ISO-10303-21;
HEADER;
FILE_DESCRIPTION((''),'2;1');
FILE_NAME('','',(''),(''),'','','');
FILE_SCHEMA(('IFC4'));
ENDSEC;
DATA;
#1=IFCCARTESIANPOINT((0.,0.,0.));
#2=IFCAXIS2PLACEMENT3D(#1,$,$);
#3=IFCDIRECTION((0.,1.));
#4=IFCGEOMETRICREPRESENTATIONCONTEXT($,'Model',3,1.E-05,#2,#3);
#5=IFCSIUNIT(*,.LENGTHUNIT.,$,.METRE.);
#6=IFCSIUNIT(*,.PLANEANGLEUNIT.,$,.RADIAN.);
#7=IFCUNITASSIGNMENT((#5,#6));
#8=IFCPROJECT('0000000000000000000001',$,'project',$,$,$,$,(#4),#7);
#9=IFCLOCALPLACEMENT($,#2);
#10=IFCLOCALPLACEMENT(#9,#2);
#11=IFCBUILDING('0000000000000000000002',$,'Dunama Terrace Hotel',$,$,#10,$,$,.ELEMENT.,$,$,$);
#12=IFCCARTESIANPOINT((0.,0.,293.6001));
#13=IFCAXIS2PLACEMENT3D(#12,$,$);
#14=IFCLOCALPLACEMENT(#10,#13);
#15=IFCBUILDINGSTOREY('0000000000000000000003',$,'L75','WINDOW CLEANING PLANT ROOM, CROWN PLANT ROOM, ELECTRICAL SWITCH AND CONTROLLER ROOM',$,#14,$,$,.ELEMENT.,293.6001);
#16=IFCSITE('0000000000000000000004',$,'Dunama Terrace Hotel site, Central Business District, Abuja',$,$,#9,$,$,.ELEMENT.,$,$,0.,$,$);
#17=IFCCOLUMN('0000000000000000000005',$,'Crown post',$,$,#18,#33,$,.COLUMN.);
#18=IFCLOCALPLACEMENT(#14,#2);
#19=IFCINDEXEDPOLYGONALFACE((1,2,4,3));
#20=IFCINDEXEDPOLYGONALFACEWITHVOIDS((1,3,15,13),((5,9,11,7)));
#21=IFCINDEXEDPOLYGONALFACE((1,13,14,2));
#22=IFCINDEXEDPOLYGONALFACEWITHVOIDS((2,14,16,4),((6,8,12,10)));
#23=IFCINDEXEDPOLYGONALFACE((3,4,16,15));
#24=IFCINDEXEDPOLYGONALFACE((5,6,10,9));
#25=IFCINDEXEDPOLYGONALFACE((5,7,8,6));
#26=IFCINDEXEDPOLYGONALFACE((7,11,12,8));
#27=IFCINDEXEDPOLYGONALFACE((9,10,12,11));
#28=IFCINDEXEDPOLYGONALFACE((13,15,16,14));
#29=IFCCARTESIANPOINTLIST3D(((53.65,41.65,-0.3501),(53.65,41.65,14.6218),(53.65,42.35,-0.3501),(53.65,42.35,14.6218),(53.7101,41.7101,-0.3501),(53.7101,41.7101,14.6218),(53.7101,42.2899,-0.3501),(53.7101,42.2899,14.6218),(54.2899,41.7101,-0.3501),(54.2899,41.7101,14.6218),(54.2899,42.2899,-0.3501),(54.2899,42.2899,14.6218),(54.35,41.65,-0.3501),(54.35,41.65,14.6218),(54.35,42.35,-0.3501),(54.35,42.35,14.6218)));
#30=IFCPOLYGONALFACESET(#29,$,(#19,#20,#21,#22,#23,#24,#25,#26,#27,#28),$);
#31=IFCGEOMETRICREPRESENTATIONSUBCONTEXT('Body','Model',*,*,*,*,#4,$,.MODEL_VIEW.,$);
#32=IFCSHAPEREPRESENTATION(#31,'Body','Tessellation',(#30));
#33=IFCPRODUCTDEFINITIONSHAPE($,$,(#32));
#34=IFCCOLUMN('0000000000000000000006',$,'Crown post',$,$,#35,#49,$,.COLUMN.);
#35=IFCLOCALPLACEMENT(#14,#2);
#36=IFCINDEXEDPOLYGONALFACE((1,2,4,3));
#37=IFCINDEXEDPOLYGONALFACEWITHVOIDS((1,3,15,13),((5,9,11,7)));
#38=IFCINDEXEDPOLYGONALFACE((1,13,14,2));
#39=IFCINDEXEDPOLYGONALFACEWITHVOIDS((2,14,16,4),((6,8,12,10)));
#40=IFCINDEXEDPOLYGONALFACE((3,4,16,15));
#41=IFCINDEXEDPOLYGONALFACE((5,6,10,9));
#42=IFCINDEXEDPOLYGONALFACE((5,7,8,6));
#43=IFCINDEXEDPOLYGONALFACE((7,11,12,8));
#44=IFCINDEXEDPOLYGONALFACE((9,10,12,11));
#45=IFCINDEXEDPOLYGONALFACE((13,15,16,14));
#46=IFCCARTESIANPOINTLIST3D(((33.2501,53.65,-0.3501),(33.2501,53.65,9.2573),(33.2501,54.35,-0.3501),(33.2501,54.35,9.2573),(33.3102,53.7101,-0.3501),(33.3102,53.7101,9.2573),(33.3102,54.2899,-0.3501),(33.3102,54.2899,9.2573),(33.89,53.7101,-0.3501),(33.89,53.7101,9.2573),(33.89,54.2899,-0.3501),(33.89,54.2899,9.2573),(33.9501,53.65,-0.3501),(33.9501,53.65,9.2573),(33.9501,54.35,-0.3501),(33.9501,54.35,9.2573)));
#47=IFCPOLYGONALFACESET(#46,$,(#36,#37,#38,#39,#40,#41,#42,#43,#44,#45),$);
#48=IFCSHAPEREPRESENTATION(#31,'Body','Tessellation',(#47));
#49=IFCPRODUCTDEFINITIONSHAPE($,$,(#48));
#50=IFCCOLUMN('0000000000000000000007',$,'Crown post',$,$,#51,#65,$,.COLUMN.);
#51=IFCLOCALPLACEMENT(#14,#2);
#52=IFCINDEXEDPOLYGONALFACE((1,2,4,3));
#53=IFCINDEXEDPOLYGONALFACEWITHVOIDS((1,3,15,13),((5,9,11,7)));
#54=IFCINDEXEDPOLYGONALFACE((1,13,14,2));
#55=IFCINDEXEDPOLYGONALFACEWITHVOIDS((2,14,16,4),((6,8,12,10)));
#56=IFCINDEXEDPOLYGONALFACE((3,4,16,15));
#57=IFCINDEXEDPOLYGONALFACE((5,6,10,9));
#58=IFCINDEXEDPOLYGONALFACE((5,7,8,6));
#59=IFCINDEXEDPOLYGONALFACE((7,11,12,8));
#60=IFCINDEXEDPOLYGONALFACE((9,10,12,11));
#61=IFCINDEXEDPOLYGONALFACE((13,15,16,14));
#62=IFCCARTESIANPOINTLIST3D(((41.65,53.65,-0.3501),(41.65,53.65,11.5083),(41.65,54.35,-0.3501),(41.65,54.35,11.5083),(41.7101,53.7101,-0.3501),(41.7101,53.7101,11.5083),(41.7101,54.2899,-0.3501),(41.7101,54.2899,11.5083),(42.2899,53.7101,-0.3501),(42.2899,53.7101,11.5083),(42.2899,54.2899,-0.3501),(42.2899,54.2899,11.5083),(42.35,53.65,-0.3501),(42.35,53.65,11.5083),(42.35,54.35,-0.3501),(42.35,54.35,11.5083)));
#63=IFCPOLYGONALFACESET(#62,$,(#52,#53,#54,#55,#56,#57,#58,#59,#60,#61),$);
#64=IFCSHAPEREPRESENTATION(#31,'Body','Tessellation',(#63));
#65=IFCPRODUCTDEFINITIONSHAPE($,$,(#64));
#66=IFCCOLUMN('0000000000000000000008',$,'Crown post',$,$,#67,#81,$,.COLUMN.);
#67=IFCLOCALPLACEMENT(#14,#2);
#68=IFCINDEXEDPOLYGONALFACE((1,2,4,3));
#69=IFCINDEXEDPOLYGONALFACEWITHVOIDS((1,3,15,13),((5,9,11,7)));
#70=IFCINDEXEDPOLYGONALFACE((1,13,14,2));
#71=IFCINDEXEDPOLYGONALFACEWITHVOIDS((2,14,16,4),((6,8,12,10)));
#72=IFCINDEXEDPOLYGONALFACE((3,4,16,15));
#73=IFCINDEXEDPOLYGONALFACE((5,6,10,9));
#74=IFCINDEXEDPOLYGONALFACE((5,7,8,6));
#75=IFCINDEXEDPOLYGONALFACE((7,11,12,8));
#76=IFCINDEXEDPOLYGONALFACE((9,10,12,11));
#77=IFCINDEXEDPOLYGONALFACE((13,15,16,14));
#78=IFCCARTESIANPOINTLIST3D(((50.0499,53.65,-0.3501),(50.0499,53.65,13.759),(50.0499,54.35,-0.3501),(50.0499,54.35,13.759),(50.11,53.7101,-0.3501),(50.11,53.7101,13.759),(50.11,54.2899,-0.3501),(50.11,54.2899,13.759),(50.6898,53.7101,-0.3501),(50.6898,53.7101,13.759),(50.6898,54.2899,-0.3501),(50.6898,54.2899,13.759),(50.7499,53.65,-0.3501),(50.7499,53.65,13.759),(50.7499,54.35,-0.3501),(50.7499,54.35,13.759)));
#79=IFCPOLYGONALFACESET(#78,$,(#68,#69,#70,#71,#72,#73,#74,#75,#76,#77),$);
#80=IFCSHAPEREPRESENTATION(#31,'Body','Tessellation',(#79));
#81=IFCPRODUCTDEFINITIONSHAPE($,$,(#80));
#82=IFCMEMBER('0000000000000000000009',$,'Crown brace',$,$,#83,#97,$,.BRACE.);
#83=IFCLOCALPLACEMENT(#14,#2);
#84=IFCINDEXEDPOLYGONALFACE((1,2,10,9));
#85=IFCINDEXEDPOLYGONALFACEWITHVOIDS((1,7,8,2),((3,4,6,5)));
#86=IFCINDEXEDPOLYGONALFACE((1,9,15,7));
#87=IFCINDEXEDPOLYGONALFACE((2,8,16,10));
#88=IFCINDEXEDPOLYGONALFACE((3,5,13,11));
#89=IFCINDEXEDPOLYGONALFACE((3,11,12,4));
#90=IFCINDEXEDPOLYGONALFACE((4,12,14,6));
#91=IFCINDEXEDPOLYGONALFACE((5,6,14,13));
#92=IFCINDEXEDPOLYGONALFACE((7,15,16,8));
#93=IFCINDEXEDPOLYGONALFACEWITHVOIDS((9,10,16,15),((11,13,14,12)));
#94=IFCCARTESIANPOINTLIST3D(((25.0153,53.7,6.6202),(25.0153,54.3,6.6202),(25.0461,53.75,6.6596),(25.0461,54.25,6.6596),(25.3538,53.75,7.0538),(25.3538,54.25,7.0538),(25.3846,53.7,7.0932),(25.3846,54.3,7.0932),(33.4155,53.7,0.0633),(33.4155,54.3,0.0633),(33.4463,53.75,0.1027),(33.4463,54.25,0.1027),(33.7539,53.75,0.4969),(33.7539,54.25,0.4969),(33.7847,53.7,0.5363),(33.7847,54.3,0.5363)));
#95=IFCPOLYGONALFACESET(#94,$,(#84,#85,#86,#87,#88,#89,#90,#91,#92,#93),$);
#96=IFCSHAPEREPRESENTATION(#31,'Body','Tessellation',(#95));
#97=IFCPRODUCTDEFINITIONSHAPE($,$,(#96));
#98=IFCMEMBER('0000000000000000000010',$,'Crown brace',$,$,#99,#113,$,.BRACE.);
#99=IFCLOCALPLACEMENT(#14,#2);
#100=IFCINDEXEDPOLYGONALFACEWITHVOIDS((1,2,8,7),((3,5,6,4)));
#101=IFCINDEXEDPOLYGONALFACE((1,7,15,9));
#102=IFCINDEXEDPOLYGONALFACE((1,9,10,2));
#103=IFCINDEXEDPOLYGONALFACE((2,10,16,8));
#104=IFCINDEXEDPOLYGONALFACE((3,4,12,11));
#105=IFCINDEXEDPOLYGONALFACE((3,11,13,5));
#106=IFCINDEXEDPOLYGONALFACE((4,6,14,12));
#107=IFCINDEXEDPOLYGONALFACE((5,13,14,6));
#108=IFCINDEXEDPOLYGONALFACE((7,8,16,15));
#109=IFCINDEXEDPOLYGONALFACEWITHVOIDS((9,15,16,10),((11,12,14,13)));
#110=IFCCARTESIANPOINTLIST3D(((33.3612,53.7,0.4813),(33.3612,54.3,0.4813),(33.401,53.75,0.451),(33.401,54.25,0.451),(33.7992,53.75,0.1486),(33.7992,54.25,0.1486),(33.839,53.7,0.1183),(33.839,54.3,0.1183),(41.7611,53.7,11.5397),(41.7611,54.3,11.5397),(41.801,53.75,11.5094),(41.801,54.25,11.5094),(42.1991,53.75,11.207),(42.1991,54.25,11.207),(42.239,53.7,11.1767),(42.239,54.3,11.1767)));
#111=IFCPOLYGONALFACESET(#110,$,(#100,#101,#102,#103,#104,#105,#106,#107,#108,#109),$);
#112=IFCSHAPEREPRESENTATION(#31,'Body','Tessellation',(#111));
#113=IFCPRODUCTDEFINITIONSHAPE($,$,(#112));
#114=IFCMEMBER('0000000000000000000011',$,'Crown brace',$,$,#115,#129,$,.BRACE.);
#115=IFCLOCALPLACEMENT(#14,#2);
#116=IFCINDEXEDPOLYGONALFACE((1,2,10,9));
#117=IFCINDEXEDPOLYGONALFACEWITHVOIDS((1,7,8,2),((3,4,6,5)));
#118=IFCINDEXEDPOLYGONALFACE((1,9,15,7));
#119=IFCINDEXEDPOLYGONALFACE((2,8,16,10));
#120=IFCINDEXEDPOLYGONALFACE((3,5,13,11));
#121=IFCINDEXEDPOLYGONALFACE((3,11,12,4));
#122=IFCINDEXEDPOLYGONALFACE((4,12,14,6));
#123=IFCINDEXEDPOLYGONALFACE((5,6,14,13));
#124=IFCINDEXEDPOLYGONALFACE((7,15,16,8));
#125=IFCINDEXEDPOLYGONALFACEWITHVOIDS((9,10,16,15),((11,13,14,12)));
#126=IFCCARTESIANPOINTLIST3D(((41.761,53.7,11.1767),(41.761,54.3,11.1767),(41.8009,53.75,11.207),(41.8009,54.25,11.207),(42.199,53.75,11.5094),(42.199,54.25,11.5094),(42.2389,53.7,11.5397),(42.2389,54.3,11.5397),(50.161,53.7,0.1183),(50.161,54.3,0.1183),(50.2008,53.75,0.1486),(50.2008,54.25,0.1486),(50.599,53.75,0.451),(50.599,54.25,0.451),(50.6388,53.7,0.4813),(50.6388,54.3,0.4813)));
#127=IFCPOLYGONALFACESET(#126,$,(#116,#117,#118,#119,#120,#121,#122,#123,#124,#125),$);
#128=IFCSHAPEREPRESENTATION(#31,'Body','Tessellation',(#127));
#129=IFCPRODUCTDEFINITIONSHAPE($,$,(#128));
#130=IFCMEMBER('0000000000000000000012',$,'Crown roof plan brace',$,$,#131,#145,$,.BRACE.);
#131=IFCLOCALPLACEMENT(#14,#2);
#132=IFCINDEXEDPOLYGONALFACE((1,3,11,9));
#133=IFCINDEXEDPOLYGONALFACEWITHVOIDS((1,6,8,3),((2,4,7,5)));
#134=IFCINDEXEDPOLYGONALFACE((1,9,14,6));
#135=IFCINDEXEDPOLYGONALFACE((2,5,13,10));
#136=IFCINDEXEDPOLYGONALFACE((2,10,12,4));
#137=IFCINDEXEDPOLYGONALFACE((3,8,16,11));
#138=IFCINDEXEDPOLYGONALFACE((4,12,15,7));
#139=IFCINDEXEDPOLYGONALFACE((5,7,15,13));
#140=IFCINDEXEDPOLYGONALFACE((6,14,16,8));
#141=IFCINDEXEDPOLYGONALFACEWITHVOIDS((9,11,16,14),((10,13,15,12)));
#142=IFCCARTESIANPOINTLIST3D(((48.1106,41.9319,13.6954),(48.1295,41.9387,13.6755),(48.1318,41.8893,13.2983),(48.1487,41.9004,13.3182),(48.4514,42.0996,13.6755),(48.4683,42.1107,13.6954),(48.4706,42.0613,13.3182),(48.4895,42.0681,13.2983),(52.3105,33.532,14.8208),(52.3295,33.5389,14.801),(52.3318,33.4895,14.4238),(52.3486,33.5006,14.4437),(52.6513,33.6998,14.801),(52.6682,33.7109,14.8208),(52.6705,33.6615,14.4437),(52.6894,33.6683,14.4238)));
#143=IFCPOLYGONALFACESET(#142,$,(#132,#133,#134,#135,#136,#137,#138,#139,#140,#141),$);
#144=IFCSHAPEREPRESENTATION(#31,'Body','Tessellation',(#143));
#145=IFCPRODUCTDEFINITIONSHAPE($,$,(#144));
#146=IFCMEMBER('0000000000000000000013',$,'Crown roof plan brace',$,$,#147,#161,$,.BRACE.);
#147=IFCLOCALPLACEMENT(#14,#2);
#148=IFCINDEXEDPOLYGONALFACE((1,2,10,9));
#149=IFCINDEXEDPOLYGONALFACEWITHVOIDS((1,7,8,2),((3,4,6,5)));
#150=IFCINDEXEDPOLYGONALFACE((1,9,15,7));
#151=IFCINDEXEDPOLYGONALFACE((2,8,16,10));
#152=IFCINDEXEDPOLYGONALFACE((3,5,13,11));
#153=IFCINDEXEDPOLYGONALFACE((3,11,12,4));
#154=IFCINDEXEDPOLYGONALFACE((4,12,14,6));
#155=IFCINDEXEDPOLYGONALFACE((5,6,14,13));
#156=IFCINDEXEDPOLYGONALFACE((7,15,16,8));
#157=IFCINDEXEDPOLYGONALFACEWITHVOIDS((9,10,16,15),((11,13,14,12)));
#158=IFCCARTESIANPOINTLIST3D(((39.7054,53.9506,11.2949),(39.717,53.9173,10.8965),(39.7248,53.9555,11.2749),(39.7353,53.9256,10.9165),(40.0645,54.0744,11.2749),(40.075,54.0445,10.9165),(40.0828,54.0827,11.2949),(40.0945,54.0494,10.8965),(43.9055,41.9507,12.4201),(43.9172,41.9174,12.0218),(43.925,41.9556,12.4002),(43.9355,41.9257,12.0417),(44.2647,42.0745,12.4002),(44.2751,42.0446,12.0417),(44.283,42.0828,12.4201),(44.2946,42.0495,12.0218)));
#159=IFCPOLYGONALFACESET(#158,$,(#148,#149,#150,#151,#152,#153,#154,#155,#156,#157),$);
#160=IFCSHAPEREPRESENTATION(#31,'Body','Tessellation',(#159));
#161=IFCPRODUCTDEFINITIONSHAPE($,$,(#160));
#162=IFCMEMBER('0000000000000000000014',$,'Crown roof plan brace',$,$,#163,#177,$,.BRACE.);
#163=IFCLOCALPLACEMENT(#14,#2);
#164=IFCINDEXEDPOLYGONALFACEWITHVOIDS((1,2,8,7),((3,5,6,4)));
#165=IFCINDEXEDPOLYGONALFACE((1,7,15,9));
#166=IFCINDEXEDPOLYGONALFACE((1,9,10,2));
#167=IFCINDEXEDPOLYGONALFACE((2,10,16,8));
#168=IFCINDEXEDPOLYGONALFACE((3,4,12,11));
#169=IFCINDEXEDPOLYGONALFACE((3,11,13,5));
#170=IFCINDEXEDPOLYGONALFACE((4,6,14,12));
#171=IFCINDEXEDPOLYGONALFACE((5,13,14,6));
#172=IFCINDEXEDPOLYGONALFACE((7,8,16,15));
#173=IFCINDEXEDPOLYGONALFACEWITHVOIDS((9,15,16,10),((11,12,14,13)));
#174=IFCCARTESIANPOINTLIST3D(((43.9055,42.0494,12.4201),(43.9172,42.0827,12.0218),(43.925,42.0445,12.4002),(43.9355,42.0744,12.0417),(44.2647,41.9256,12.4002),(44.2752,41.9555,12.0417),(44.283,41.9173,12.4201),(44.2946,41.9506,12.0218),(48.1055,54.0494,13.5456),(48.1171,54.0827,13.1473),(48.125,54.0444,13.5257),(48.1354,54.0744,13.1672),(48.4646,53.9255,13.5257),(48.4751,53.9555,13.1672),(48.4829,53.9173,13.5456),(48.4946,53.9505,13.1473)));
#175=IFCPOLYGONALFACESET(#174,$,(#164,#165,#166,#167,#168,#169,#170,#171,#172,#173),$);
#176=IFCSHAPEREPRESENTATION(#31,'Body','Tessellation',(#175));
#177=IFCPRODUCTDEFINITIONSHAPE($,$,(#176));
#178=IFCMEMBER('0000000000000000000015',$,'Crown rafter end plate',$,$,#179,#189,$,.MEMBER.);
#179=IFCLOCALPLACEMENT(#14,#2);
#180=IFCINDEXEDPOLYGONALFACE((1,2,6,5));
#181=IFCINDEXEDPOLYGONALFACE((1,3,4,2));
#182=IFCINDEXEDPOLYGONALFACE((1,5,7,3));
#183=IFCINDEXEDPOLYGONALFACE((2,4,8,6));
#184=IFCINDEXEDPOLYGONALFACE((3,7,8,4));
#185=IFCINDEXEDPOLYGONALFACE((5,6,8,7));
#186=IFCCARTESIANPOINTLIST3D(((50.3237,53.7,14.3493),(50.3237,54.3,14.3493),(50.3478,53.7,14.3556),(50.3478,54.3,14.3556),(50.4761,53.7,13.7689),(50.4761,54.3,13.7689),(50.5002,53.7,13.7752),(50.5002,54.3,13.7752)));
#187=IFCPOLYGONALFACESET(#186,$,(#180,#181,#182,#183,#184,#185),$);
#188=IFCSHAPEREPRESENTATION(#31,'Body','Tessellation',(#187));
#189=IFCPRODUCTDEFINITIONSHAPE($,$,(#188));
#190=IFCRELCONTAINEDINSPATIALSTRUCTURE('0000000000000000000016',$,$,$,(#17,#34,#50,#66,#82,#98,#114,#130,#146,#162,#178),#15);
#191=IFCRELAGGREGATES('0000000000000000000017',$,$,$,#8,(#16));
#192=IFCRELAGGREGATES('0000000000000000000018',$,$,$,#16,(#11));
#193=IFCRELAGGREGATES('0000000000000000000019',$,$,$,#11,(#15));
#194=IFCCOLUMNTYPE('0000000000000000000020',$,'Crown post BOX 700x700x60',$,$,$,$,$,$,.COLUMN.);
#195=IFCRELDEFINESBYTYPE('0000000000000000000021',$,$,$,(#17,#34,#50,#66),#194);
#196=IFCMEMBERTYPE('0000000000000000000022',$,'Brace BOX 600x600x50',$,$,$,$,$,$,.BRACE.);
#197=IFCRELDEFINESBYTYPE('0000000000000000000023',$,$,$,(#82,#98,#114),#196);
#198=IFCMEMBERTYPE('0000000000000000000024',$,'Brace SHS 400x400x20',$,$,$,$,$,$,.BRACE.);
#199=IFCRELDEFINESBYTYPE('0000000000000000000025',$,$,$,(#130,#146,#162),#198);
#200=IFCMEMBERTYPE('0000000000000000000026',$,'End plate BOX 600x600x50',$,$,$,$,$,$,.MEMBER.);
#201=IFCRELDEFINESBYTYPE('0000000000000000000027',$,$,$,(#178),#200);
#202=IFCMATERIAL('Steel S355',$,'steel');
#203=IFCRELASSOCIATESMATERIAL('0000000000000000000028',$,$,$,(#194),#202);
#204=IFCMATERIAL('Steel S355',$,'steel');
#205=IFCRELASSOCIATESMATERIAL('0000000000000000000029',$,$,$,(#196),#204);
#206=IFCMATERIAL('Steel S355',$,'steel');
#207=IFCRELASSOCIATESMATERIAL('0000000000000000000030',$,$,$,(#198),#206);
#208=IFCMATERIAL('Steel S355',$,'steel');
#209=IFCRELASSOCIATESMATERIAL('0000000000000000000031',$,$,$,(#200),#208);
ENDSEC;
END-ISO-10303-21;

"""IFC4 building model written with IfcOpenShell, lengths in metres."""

from ifc_helpers import new_model, si_unit, direction, frame, origin, origin_2d, place, context, subcontext, project, spatial, rectangle, hollow_rectangle, extrude, material, material_profile, profile_set, type_object, element, save


model = new_model("IFC4")

# Units and contexts
model_context = context("Model", 3, precision=1e-05, world=origin(), true_north=direction((0.0, 1.0)))
body_context = subcontext(model_context, "Body", "Model", "MODEL_VIEW")
ifc_project = project(units=[si_unit("LENGTHUNIT", "METRE"), si_unit("PLANEANGLEUNIT", "RADIAN")], contexts=[model_context])

# Site, building, storey
site_placement = place(None, origin())
site = spatial("IfcSite", under=ifc_project, at=site_placement, Name="Dunama Terrace Hotel site, Central Business District, Abuja", CompositionType="ELEMENT", RefElevation=0.0)
building_placement = place(site_placement, origin())
building = spatial("IfcBuilding", under=site, at=building_placement, Name="Dunama Terrace Hotel", CompositionType="ELEMENT")
storey_placement = place(building_placement, frame((0.0, 0.0, 293.6001)))
storey = spatial("IfcBuildingStorey", under=building, at=storey_placement, Name="L75", Description="WINDOW CLEANING PLANT ROOM, CROWN PLANT ROOM, ELECTRICAL SWITCH AND CONTROLLER ROOM", CompositionType="ELEMENT", Elevation=293.6001)

# Columns
ifc_material_1 = material(Name="Steel S355", Category="steel")
ifc_material_profile_1 = material_profile(ifc_material_1, hollow_rectangle(XDim=0.7, YDim=0.7, WallThickness=0.0601, at=origin_2d()), Name="BOX 700x700x60")
ifc_profile_set_1 = profile_set([ifc_material_profile_1], Name="Steel S355")
column_type = type_object("IfcColumnType", Name="Crown post BOX 700x700x60", PredefinedType="COLUMN", material=ifc_profile_set_1)
column_1_placement = place(storey_placement, frame((54.0, 42.0, -0.3501), z_axis=(0.0, 0.0, 1.0), x_axis=(1.0, 0.0, 0.0)))
element("IfcColumn", 1, at=column_1_placement, inside=storey, type_object=column_type, Name="Crown post", PredefinedType="COLUMN", context=body_context, shape_type="SweptSolid", body=[
    extrude(hollow_rectangle(XDim=0.7, YDim=0.7, WallThickness=0.0601, at=origin_2d()), origin(), (0.0, 0.0, 1.0), 14.9719),
])
column_2_placement = place(storey_placement, frame((33.6001, 54.0, -0.3501), z_axis=(0.0, 0.0, 1.0), x_axis=(1.0, 0.0, 0.0)))
element("IfcColumn", 2, at=column_2_placement, inside=storey, type_object=column_type, Name="Crown post", PredefinedType="COLUMN", context=body_context, shape_type="SweptSolid", body=[
    extrude(hollow_rectangle(XDim=0.7, YDim=0.7, WallThickness=0.0601, at=origin_2d()), origin(), (0.0, 0.0, 1.0), 9.6074),
])
column_3_placement = place(storey_placement, frame((42.0, 54.0, -0.3501), z_axis=(0.0, 0.0, 1.0), x_axis=(1.0, 0.0, 0.0)))
element("IfcColumn", 3, at=column_3_placement, inside=storey, type_object=column_type, Name="Crown post", PredefinedType="COLUMN", context=body_context, shape_type="SweptSolid", body=[
    extrude(hollow_rectangle(XDim=0.7, YDim=0.7, WallThickness=0.0601, at=origin_2d()), origin(), (0.0, 0.0, 1.0), 11.8584),
])
column_4_placement = place(storey_placement, frame((50.3999, 54.0, -0.3501), z_axis=(0.0, 0.0, 1.0), x_axis=(1.0, 0.0, 0.0)))
element("IfcColumn", 4, at=column_4_placement, inside=storey, type_object=column_type, Name="Crown post", PredefinedType="COLUMN", context=body_context, shape_type="SweptSolid", body=[
    extrude(hollow_rectangle(XDim=0.7, YDim=0.7, WallThickness=0.0601, at=origin_2d()), origin(), (0.0, 0.0, 1.0), 14.1091),
])

# Members
ifc_material_2 = material(Name="Steel S355", Category="steel")
ifc_material_profile_2 = material_profile(ifc_material_2, hollow_rectangle(XDim=0.6001, YDim=0.6001, WallThickness=0.05, at=origin_2d()), Name="BOX 600x600x50")
ifc_profile_set_2 = profile_set([ifc_material_profile_2], Name="Steel S355")
member_type_1 = type_object("IfcMemberType", Name="Brace BOX 600x600x50", PredefinedType="BRACE", material=ifc_profile_set_2)
member_1_placement = place(storey_placement, frame((33.6001, 54.0, 0.2998), z_axis=(-0.788285, 0.0, 0.61531), x_axis=(0.0, -1.0, 0.0)))
element("IfcMember", 5, at=member_1_placement, inside=storey, type_object=member_type_1, Name="Crown brace", PredefinedType="BRACE", context=body_context, shape_type="SweptSolid", body=[
    extrude(hollow_rectangle(XDim=0.6001, YDim=0.6001, WallThickness=0.05, at=origin_2d()), origin(), (0.0, 0.0, 1.0), 10.6562),
])
for number, where, z_axis, x_axis, name in (
    (6, (33.6001, 54.0, 0.2998), (0.60488, 0.0, 0.796316), (0.0, 1.0, 0.0), "Crown brace"),
    (7, (50.3999, 54.0, 0.2998), (-0.60488, 0.0, 0.796316), (0.0, -1.0, 0.0), "Crown brace"),
):
    element("IfcMember", number, at=place(storey_placement, frame(where, z_axis=z_axis, x_axis=x_axis)), inside=storey, type_object=member_type_1, Name=name, PredefinedType="BRACE", context=body_context, shape_type="SweptSolid", body=[
        extrude(hollow_rectangle(XDim=0.6001, YDim=0.6001, WallThickness=0.05, at=origin_2d()), origin(), (0.0, 0.0, 1.0), 13.887),
    ])
ifc_material_3 = material(Name="Steel S355", Category="steel")
ifc_material_profile_3 = material_profile(ifc_material_3, hollow_rectangle(XDim=0.3999, YDim=0.3999, WallThickness=0.02, at=origin_2d()), Name="SHS 400x400x20")
ifc_profile_set_3 = profile_set([ifc_material_profile_3], Name="Steel S355")
member_type_2 = type_object("IfcMemberType", Name="Brace SHS 400x400x20", PredefinedType="BRACE", material=ifc_profile_set_3)
member_2_placement = place(storey_placement, frame((48.3, 42.0, 13.4968), z_axis=(0.444036, -0.888073, 0.118991), x_axis=(0.894427, 0.447214, 0.0)))
element("IfcMember", 8, at=member_2_placement, inside=storey, type_object=member_type_2, Name="Crown roof plan brace", PredefinedType="BRACE", context=body_context, shape_type="SweptSolid", body=[
    extrude(hollow_rectangle(XDim=0.3999, YDim=0.3999, WallThickness=0.02, at=origin_2d()), origin(), (0.0, 0.0, 1.0), 9.4585),
])
for number, where, z_axis, x_axis, name in (
    (9, (39.8999, 54.0, 11.0957), (0.329078, -0.940178, 0.088161), (0.943854, 0.330364, 0.0), "Crown roof plan brace"),
    (10, (44.1001, 42.0, 12.2209), (0.32906, 0.940183, 0.08818), (-0.94386, 0.330347, 0.0), "Crown roof plan brace"),
):
    element("IfcMember", number, at=place(storey_placement, frame(where, z_axis=z_axis, x_axis=x_axis)), inside=storey, type_object=member_type_2, Name=name, PredefinedType="BRACE", context=body_context, shape_type="SweptSolid", body=[
        extrude(hollow_rectangle(XDim=0.3999, YDim=0.3999, WallThickness=0.02, at=origin_2d()), origin(), (0.0, 0.0, 1.0), 12.7634),
    ])
ifc_material_4 = material(Name="Steel S355", Category="steel")
ifc_material_profile_4 = material_profile(ifc_material_4, rectangle(XDim=0.6001, YDim=0.6001, at=origin_2d()), Name="PL 600X600")
ifc_profile_set_4 = profile_set([ifc_material_profile_4], Name="Steel S355")
member_type_3 = type_object("IfcMemberType", Name="End plate BOX 600x600x50", PredefinedType="MEMBER", material=ifc_profile_set_4)
member_3_placement = place(storey_placement, frame((50.3999, 54.0, 14.0591), z_axis=(0.967201, 0.0, 0.254012), x_axis=(0.0, 1.0, 0.0)))
element("IfcMember", 11, at=member_3_placement, inside=storey, type_object=member_type_3, Name="Crown rafter end plate", PredefinedType="MEMBER", context=body_context, shape_type="SweptSolid", body=[
    extrude(rectangle(XDim=0.6001, YDim=0.6001, at=origin_2d()), origin(), (0.0, 0.0, 1.0), 0.0249),
])

save(model, "model.ifc")
